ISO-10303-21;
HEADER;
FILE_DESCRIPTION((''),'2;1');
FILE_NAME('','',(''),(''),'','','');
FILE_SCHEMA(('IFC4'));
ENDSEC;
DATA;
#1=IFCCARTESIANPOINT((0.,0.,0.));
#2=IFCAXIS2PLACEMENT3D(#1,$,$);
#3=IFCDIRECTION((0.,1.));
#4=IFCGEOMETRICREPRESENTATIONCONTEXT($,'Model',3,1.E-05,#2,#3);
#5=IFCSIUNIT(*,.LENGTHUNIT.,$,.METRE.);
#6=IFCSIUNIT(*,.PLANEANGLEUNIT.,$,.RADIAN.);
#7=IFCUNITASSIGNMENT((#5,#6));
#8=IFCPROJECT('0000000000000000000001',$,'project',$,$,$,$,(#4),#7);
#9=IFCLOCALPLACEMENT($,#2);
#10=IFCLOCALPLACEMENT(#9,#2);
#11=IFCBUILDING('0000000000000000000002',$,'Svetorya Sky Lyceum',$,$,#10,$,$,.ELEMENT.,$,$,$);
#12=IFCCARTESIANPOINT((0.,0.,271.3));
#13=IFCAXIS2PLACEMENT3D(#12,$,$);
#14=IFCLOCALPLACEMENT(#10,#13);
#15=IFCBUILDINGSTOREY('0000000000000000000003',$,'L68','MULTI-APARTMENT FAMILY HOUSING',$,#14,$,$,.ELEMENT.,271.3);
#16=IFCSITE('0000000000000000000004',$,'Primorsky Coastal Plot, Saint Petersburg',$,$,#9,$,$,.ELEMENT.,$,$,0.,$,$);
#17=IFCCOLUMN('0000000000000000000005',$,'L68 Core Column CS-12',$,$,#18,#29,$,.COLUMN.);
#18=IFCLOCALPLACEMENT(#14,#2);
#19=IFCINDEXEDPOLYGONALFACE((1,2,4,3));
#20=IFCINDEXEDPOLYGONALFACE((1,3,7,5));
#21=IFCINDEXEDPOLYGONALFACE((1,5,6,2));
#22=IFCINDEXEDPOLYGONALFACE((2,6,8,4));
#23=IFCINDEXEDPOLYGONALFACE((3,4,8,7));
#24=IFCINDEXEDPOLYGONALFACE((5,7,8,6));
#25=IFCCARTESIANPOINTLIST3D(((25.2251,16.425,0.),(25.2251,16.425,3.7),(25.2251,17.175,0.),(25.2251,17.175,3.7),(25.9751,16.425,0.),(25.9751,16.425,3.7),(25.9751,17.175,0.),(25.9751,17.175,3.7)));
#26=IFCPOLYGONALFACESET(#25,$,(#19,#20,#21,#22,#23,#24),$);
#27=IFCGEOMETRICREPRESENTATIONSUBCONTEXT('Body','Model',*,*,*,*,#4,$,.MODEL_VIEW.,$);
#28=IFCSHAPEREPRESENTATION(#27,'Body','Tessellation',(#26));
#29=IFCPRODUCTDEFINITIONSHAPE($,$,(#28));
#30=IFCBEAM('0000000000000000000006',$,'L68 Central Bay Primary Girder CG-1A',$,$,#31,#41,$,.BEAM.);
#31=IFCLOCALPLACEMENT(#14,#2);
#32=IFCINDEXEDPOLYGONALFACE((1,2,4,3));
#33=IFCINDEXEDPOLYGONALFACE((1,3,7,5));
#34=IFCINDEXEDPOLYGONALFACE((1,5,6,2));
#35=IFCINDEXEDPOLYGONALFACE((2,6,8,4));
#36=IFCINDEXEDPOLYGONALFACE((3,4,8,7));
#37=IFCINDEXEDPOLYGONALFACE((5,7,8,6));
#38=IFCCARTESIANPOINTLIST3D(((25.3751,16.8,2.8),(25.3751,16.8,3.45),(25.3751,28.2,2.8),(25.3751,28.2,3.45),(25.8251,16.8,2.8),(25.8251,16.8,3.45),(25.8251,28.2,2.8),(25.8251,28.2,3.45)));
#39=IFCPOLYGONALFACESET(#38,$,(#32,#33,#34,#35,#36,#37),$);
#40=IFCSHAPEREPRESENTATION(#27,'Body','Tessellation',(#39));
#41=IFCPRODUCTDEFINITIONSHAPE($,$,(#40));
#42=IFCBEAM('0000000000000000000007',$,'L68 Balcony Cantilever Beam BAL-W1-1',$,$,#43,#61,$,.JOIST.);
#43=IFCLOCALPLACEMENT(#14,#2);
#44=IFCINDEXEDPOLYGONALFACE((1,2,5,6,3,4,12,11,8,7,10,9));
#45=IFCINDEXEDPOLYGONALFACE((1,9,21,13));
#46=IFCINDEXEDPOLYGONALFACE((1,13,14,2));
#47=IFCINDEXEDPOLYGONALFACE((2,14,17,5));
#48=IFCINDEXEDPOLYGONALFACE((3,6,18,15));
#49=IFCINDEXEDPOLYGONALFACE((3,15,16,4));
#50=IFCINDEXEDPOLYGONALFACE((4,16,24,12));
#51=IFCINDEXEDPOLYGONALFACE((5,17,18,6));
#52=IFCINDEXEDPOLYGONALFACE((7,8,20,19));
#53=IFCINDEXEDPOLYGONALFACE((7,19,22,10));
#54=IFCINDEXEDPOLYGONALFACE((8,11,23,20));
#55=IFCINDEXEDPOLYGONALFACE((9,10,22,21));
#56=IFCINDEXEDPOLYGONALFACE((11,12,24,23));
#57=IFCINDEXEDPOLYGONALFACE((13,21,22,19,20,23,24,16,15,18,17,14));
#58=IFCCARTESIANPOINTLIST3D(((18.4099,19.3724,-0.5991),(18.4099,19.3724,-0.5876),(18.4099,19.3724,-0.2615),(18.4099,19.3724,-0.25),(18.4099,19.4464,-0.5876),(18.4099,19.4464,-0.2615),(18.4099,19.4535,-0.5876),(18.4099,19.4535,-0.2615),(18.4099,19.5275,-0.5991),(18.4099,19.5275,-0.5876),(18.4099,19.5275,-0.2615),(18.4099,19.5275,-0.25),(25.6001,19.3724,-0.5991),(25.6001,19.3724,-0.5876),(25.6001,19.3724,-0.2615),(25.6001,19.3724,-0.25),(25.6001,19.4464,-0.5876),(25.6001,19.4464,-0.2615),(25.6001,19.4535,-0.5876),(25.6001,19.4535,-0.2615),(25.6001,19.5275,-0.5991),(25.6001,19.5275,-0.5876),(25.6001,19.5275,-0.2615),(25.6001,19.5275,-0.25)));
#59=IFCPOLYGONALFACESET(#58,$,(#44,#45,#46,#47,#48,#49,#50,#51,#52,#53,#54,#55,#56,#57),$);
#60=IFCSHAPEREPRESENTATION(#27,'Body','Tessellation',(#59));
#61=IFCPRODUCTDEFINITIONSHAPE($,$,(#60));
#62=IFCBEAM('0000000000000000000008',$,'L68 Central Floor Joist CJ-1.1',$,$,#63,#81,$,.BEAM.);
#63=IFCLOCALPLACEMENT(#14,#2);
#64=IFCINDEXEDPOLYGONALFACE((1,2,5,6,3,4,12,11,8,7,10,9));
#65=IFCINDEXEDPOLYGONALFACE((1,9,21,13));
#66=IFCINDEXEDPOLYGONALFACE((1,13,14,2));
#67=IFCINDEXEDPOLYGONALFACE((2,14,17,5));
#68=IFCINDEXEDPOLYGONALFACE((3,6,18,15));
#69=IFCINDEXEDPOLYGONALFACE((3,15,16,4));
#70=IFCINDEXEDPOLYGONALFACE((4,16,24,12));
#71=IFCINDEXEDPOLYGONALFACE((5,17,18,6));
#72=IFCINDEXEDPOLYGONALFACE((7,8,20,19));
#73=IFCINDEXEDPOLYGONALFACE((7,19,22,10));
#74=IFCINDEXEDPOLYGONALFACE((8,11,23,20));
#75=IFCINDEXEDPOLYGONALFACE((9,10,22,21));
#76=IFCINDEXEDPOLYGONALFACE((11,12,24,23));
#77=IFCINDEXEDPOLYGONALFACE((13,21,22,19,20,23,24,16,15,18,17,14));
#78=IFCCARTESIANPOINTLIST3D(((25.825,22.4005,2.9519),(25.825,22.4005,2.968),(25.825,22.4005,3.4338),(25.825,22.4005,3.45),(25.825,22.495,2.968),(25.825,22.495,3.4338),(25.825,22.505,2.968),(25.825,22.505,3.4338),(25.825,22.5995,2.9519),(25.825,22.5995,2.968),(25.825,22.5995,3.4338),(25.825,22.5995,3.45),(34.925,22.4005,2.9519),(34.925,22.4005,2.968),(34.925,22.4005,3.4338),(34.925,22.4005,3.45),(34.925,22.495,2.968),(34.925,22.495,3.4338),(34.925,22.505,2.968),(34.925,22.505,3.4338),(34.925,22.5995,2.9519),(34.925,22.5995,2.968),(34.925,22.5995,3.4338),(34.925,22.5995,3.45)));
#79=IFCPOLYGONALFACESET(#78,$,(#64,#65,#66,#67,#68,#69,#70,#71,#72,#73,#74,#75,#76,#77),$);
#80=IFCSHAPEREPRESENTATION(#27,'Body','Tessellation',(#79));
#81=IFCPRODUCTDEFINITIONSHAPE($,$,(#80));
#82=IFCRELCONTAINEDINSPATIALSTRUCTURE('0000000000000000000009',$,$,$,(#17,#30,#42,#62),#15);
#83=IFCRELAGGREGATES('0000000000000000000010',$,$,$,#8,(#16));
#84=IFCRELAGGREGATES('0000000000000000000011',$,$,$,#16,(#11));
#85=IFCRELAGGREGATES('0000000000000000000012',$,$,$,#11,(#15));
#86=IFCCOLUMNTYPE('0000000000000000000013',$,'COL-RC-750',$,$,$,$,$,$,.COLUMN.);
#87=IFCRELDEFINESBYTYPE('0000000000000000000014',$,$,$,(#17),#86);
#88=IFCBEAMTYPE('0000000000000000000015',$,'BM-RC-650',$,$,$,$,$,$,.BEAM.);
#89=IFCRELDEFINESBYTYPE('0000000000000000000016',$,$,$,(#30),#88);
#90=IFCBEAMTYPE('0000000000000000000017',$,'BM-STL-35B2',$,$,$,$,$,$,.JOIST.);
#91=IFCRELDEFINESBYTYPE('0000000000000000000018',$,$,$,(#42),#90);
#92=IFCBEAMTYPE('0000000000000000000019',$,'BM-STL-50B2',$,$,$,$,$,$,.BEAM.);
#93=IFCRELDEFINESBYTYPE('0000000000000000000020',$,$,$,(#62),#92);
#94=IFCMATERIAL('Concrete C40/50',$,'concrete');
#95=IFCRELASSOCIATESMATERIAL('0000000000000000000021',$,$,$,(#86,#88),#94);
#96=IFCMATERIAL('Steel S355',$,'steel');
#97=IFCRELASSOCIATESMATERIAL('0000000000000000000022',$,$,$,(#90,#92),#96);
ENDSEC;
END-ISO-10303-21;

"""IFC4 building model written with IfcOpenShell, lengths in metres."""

from ifc_helpers import new_model, si_unit, direction, frame, origin, origin_2d, place, context, subcontext, project, spatial, rectangle, i_section, extrude, material, material_profile, profile_set, type_object, element, save


model = new_model("IFC4")

# Units and contexts
model_context = context("Model", 3, precision=1e-05, world=origin(), true_north=direction((0.0, 1.0)))
body_context = subcontext(model_context, "Body", "Model", "MODEL_VIEW")
ifc_project = project(units=[si_unit("LENGTHUNIT", "METRE"), si_unit("PLANEANGLEUNIT", "RADIAN")], contexts=[model_context])

# Site, building, storey
site_placement = place(None, origin())
site = spatial("IfcSite", under=ifc_project, at=site_placement, Name="Primorsky Coastal Plot, Saint Petersburg", CompositionType="ELEMENT", RefElevation=0.0)
building_placement = place(site_placement, origin())
building = spatial("IfcBuilding", under=site, at=building_placement, Name="Svetorya Sky Lyceum", CompositionType="ELEMENT")
storey_placement = place(building_placement, frame((0.0, 0.0, 271.3)))
storey = spatial("IfcBuildingStorey", under=building, at=storey_placement, Name="L68", Description="MULTI-APARTMENT FAMILY HOUSING", CompositionType="ELEMENT", Elevation=271.3)

# Column
ifc_material_1 = material(Name="Concrete C40/50", Category="concrete")
ifc_material_profile_1 = material_profile(ifc_material_1, rectangle(XDim=0.75, YDim=0.75, at=origin_2d()), Name="RC COL 750x750")
ifc_profile_set_1 = profile_set([ifc_material_profile_1], Name="Concrete C40/50")
column_type = type_object("IfcColumnType", Name="COL-RC-750", PredefinedType="COLUMN", material=ifc_profile_set_1)
column_placement = place(storey_placement, frame((25.6001, 16.8, 0.0), z_axis=(0.0, 0.0, 1.0), x_axis=(1.0, 0.0, 0.0)))
element("IfcColumn", 1, at=column_placement, inside=storey, type_object=column_type, Name="L68 Core Column CS-12", PredefinedType="COLUMN", context=body_context, shape_type="SweptSolid", body=[
    extrude(rectangle(XDim=0.75, YDim=0.75, at=origin_2d()), origin(), (0.0, 0.0, 1.0), 3.7),
])

# Beams
ifc_material_profile_2 = material_profile(ifc_material_1, rectangle(XDim=0.45, YDim=0.6499, at=origin_2d()), Name="RC BEAM 450x650")
ifc_profile_set_2 = profile_set([ifc_material_profile_2], Name="Concrete C40/50")
beam_type_1 = type_object("IfcBeamType", Name="BM-RC-650", PredefinedType="BEAM", material=ifc_profile_set_2)
beam_1_placement = place(storey_placement, frame((25.6001, 16.8, 3.125), z_axis=(0.0, 1.0, 0.0), x_axis=(-1.0, 0.0, 0.0)))
element("IfcBeam", 2, at=beam_1_placement, inside=storey, type_object=beam_type_1, Name="L68 Central Bay Primary Girder CG-1A", PredefinedType="BEAM", context=body_context, shape_type="SweptSolid", body=[
    extrude(rectangle(XDim=0.45, YDim=0.6499, at=origin_2d()), origin(), (0.0, 0.0, 1.0), 11.3999),
])
ifc_material_2 = material(Name="Steel S355", Category="steel")
ifc_material_profile_3 = material_profile(ifc_material_2, i_section(OverallWidth=0.155, OverallDepth=0.3491, WebThickness=0.0071, FlangeThickness=0.0115, at=origin_2d()), Name="GOST 35B2")
ifc_profile_set_3 = profile_set([ifc_material_profile_3], Name="Steel S355")
beam_type_2 = type_object("IfcBeamType", Name="BM-STL-35B2", PredefinedType="JOIST", material=ifc_profile_set_3)
beam_2_placement = place(storey_placement, frame((25.6001, 19.45, -0.4246), z_axis=(-1.0, 0.0, 0.0), x_axis=(0.0, -1.0, 0.0)))
element("IfcBeam", 3, at=beam_2_placement, inside=storey, type_object=beam_type_2, Name="L68 Balcony Cantilever Beam BAL-W1-1", PredefinedType="JOIST", context=body_context, shape_type="SweptSolid", body=[
    extrude(i_section(OverallWidth=0.155, OverallDepth=0.3491, WebThickness=0.0071, FlangeThickness=0.0115, at=origin_2d()), origin(), (0.0, 0.0, 1.0), 7.1902),
])
ifc_material_profile_4 = material_profile(ifc_material_2, i_section(OverallWidth=0.199, OverallDepth=0.498, WebThickness=0.01, FlangeThickness=0.0161, at=origin_2d()), Name="GOST 50B2")
ifc_profile_set_4 = profile_set([ifc_material_profile_4], Name="Steel S355")
beam_type_3 = type_object("IfcBeamType", Name="BM-STL-50B2", PredefinedType="BEAM", material=ifc_profile_set_4)
beam_3_placement = place(storey_placement, frame((25.825, 22.5, 3.2009), z_axis=(1.0, 0.0, 0.0), x_axis=(0.0, 1.0, 0.0)))
element("IfcBeam", 4, at=beam_3_placement, inside=storey, type_object=beam_type_3, Name="L68 Central Floor Joist CJ-1.1", PredefinedType="BEAM", context=body_context, shape_type="SweptSolid", body=[
    extrude(i_section(OverallWidth=0.199, OverallDepth=0.498, WebThickness=0.01, FlangeThickness=0.0161, at=origin_2d()), origin(), (0.0, 0.0, 1.0), 9.1001),
])

save(model, "model.ifc")
